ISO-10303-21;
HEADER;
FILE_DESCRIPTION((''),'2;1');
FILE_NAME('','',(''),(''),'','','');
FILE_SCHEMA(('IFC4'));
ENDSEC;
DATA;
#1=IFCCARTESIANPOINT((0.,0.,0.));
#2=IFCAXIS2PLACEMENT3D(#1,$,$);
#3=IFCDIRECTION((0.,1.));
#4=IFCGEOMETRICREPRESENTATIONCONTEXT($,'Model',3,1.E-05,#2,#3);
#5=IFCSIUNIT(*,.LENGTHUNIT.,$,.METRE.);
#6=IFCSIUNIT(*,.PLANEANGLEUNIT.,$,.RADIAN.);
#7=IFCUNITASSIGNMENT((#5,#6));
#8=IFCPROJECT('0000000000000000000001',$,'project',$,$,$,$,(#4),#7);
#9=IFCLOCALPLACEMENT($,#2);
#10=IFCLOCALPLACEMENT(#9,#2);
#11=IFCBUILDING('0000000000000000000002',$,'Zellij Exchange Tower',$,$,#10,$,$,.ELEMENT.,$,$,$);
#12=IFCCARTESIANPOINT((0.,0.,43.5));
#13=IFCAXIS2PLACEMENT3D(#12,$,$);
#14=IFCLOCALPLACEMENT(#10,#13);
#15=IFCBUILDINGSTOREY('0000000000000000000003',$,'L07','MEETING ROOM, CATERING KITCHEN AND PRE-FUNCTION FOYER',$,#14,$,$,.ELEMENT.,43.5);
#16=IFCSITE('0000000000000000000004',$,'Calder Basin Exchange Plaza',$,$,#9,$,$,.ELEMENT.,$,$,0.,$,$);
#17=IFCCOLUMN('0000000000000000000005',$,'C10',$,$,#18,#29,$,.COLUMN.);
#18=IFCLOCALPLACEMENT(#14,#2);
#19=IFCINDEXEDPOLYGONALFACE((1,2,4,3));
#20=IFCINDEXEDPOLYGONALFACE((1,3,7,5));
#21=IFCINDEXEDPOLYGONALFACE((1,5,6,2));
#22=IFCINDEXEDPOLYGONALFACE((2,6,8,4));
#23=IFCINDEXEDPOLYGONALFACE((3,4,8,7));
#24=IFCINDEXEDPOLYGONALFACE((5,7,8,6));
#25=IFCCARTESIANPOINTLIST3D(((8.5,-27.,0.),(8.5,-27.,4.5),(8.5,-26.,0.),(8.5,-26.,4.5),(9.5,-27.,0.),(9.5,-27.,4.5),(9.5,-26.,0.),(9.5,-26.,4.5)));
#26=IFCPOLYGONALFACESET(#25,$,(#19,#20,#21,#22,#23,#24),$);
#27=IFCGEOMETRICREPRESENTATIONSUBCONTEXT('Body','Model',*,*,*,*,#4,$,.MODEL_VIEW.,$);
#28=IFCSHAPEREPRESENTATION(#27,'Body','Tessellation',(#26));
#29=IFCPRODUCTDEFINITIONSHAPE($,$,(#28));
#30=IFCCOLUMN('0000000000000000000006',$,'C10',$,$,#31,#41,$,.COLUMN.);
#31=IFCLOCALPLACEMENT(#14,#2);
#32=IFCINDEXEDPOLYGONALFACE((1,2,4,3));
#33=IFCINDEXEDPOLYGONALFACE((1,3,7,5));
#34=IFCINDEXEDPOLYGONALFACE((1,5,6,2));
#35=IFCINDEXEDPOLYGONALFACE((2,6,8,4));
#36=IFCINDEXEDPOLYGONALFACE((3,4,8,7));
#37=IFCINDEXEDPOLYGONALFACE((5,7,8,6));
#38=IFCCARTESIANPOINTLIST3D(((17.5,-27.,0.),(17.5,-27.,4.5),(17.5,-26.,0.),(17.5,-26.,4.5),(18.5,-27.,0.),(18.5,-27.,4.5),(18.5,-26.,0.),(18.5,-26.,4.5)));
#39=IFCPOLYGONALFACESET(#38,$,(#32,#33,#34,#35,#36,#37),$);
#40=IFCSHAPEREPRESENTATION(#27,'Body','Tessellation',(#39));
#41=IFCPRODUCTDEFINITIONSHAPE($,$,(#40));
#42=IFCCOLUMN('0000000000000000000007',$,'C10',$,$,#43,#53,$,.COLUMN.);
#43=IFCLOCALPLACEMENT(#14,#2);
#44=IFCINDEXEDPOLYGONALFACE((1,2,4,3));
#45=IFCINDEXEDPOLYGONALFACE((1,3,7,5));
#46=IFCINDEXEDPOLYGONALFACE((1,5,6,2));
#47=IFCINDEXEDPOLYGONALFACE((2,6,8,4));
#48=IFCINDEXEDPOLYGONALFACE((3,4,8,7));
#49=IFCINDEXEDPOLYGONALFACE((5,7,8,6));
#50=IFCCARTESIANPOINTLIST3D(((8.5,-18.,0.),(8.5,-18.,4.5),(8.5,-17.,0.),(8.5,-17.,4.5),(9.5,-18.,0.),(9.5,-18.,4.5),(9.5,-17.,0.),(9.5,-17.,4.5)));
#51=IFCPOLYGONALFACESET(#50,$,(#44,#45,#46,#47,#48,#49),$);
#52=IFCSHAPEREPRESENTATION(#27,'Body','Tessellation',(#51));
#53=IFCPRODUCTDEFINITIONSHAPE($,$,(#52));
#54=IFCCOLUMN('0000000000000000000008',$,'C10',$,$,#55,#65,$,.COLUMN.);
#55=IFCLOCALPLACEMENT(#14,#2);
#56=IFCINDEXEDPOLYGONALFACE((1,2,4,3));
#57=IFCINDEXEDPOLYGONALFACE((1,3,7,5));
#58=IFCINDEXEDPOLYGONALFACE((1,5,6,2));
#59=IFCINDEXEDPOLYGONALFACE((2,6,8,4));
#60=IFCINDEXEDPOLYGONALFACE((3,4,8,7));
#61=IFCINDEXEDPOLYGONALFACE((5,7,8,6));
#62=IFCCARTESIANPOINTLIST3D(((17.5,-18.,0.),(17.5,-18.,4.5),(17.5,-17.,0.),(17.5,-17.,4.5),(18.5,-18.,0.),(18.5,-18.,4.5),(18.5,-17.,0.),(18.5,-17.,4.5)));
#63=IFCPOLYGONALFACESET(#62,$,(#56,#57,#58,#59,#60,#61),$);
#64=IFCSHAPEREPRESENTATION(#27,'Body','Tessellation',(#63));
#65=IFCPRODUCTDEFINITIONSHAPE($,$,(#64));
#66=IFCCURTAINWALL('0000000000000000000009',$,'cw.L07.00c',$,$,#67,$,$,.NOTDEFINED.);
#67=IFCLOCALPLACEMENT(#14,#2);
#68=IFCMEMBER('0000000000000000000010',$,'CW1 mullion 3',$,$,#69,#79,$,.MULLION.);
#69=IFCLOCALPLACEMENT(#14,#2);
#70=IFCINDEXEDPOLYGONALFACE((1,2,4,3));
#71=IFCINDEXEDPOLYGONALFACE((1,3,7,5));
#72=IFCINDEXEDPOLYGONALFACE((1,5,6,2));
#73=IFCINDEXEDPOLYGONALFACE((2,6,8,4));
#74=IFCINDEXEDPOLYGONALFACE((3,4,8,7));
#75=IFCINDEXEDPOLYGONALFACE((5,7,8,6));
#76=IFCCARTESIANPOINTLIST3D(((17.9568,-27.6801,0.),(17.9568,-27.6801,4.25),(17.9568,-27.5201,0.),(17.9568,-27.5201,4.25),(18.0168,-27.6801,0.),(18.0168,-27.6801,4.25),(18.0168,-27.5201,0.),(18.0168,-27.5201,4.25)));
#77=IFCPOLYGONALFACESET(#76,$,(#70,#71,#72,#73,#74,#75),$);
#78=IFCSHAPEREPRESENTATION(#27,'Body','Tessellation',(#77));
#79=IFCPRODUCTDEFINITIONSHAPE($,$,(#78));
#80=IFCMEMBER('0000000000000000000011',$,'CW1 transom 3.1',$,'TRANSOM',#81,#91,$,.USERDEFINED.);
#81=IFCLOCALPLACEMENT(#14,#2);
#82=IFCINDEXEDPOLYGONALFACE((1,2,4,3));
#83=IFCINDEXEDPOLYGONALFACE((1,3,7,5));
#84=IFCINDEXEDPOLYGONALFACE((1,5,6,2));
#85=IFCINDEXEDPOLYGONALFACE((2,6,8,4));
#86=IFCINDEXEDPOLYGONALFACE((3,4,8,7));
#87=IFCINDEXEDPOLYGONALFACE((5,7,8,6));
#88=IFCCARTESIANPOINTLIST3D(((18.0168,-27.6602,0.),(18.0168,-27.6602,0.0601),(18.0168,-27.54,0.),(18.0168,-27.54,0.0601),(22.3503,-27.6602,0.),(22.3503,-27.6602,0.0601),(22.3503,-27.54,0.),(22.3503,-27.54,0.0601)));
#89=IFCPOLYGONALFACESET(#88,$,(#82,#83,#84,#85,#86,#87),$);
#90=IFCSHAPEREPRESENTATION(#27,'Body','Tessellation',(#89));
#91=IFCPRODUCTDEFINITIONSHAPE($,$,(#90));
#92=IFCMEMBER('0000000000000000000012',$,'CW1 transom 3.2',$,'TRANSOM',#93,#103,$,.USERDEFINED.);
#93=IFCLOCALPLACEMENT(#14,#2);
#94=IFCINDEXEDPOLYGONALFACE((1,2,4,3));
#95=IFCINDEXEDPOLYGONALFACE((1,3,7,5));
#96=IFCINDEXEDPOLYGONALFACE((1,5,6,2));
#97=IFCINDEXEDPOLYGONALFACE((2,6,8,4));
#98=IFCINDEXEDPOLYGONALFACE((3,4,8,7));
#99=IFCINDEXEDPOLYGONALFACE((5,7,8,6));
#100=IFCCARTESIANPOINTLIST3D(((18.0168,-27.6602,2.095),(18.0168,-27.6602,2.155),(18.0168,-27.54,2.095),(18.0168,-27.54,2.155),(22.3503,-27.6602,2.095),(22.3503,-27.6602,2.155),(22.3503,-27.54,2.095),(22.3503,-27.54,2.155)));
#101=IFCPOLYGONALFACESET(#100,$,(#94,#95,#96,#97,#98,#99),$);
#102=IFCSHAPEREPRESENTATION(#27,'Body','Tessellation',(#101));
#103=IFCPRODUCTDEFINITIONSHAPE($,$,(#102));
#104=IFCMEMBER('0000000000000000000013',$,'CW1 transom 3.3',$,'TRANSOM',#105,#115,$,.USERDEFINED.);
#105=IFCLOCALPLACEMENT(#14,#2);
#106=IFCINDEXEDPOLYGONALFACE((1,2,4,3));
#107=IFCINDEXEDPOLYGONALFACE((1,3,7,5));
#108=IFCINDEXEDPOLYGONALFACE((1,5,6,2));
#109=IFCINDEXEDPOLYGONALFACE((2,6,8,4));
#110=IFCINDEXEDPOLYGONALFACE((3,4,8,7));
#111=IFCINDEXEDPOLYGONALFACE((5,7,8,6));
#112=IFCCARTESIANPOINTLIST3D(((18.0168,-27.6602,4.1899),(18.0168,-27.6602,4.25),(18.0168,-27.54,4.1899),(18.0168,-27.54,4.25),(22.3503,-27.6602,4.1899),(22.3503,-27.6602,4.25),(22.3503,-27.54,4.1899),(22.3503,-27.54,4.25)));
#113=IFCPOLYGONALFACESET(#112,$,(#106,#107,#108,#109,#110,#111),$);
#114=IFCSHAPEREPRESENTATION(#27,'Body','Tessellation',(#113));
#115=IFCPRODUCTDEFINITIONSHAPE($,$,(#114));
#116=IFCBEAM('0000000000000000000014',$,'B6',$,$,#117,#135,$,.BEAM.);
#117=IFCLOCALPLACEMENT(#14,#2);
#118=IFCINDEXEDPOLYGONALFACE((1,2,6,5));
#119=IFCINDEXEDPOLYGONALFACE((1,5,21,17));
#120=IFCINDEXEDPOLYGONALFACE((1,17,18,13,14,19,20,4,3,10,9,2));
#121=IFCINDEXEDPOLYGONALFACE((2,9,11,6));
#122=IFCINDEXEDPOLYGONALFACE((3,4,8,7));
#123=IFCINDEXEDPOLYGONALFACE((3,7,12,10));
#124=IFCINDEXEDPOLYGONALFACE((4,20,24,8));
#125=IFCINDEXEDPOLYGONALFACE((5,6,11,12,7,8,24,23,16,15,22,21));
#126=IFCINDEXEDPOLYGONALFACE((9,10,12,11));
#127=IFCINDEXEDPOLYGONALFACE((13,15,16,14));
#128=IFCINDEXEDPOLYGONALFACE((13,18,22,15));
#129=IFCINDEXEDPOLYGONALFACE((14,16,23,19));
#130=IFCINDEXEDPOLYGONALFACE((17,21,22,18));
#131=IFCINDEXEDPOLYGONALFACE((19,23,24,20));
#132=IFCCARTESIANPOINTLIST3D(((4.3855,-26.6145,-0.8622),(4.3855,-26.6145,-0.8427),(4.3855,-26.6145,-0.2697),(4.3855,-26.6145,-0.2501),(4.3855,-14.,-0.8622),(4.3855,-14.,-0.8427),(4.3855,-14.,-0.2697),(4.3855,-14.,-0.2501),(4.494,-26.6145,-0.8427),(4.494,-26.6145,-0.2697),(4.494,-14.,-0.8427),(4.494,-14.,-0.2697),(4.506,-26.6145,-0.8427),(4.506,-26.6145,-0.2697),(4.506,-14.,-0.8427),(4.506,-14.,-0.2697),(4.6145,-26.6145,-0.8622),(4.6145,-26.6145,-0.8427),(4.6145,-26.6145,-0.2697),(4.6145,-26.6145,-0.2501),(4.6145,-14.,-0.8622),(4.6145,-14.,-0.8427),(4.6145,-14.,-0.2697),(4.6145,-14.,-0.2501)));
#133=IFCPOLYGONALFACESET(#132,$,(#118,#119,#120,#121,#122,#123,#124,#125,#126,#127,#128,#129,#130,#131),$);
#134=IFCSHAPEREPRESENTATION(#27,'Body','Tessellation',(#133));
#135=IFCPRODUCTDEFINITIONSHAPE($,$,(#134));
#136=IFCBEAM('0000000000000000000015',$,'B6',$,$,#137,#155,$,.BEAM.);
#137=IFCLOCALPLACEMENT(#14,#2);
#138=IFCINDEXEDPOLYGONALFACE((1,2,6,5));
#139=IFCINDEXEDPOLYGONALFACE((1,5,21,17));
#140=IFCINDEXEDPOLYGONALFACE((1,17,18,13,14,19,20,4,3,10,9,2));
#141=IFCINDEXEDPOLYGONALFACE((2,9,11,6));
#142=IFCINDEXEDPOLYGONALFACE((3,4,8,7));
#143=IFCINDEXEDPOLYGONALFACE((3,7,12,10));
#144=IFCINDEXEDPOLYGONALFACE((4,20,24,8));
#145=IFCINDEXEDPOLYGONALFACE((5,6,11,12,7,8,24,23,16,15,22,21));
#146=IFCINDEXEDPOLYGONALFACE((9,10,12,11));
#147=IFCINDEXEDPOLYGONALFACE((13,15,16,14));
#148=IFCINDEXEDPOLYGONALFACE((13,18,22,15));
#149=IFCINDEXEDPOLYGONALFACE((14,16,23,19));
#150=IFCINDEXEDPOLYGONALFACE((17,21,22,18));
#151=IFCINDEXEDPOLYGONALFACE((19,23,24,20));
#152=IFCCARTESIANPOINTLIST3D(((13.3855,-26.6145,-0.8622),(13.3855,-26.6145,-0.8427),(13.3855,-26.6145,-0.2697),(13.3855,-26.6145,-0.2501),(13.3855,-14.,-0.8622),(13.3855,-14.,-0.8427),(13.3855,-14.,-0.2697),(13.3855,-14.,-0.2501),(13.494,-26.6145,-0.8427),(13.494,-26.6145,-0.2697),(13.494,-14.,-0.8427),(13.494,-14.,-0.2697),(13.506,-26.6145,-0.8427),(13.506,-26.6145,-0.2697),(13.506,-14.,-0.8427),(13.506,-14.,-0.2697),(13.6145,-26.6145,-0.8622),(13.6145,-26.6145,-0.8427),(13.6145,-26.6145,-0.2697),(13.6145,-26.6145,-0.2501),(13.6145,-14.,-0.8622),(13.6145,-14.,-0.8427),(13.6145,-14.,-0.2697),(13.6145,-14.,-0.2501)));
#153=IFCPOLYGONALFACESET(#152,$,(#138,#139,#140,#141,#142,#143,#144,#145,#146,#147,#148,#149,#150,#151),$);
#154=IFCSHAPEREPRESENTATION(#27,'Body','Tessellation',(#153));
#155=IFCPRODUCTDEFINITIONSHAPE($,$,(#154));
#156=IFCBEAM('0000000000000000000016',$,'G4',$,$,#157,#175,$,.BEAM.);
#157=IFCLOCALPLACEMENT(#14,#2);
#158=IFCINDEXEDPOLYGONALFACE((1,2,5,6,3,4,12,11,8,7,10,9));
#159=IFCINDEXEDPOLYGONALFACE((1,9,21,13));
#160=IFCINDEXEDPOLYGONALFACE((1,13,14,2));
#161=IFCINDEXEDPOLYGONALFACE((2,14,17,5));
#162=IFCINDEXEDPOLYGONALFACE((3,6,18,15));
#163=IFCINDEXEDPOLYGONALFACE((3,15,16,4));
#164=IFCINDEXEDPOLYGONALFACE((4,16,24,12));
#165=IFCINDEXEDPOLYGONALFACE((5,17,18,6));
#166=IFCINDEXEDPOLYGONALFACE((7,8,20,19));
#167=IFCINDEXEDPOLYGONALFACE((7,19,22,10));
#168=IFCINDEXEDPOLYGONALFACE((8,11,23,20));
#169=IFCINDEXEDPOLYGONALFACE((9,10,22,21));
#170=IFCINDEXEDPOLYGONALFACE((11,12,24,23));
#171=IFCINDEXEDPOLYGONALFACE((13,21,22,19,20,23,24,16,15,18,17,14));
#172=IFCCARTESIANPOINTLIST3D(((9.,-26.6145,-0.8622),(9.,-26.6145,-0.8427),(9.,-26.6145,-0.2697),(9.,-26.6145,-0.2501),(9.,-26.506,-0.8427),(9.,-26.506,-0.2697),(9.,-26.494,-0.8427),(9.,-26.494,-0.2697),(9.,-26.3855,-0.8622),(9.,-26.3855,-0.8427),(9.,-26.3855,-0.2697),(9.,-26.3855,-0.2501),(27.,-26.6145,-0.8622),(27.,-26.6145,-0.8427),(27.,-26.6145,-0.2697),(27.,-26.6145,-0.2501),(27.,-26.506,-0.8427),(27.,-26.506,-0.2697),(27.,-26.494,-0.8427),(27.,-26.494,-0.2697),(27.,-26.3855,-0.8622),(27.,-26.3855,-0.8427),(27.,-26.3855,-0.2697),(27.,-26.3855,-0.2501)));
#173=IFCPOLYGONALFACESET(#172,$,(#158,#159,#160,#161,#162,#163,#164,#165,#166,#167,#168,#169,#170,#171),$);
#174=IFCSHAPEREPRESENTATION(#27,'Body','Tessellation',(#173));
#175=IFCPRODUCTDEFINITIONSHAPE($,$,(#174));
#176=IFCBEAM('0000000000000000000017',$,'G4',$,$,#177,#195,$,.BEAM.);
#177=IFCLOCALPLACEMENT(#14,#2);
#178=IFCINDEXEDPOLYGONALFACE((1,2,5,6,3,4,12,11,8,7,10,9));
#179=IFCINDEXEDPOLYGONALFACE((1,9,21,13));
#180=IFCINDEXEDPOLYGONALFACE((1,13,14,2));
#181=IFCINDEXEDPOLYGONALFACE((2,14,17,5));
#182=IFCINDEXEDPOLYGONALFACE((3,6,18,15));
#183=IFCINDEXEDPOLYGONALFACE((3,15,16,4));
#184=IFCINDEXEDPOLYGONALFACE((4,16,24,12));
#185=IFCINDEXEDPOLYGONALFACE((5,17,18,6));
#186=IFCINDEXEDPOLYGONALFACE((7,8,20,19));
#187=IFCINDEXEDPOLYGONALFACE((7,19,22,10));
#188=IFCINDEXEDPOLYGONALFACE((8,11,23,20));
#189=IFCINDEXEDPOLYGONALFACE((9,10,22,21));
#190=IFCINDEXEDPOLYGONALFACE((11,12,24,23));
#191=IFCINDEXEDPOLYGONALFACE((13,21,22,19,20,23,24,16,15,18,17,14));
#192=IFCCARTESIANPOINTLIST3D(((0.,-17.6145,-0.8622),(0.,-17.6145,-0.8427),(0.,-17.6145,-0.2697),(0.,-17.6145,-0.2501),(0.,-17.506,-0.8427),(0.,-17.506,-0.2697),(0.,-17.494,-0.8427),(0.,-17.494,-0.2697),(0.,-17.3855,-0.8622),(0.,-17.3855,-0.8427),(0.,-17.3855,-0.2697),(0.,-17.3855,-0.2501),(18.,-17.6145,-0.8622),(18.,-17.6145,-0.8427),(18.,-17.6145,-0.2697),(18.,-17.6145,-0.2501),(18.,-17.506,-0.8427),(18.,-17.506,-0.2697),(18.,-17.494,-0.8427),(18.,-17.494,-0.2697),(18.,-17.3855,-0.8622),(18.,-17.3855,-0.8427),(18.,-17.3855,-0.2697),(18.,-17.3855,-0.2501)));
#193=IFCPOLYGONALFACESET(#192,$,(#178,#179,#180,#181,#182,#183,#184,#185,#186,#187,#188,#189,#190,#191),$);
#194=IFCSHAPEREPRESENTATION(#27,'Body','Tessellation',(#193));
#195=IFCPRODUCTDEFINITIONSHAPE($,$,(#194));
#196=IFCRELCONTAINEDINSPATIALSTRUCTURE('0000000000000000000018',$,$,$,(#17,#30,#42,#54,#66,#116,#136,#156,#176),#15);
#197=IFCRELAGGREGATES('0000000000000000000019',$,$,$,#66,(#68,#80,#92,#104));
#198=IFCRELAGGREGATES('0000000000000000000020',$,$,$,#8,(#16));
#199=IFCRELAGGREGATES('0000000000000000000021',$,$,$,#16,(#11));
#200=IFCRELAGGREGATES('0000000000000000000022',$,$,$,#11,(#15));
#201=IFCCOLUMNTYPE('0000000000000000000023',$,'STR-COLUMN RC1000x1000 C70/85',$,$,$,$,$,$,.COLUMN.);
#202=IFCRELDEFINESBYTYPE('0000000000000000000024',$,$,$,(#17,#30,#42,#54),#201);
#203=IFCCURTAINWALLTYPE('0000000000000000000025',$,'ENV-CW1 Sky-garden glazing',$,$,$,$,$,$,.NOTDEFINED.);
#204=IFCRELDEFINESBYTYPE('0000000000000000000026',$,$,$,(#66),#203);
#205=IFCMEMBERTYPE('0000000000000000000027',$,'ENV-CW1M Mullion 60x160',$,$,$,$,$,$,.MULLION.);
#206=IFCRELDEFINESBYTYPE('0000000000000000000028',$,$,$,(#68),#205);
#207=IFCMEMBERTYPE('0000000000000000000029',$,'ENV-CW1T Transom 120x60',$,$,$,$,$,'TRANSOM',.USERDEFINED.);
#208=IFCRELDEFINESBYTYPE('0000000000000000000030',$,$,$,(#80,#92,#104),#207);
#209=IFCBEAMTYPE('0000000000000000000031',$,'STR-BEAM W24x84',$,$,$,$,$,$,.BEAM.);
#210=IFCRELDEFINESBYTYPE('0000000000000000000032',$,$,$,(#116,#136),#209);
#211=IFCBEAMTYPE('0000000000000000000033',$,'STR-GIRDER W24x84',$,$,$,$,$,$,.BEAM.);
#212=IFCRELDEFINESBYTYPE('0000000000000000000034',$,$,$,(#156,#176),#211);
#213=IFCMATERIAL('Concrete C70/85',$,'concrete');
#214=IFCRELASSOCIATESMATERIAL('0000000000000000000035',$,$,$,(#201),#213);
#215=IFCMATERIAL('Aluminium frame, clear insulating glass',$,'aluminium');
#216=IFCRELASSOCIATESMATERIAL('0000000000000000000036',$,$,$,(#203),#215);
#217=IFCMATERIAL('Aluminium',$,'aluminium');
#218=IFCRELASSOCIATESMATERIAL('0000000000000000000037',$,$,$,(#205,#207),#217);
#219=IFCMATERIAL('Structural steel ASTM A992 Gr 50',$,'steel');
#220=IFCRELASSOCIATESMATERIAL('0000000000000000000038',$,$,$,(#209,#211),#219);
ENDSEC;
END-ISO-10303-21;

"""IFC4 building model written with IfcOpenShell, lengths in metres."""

from ifc_helpers import new_model, si_unit, direction, frame, origin, origin_2d, place, context, subcontext, project, spatial, rectangle, i_section, extrude, material, material_profile, profile_set, type_object, element, aggregate, save


model = new_model("IFC4")

# Units and contexts
model_context = context("Model", 3, precision=1e-05, world=origin(), true_north=direction((0.0, 1.0)))
body_context = subcontext(model_context, "Body", "Model", "MODEL_VIEW")
ifc_project = project(units=[si_unit("LENGTHUNIT", "METRE"), si_unit("PLANEANGLEUNIT", "RADIAN")], contexts=[model_context])

# Site, building, storey
site_placement = place(None, origin())
site = spatial("IfcSite", under=ifc_project, at=site_placement, Name="Calder Basin Exchange Plaza", CompositionType="ELEMENT", RefElevation=0.0)
building_placement = place(site_placement, origin())
building = spatial("IfcBuilding", under=site, at=building_placement, Name="Zellij Exchange Tower", CompositionType="ELEMENT")
storey_placement = place(building_placement, frame((0.0, 0.0, 43.5)))
storey = spatial("IfcBuildingStorey", under=building, at=storey_placement, Name="L07", Description="MEETING ROOM, CATERING KITCHEN AND PRE-FUNCTION FOYER", CompositionType="ELEMENT", Elevation=43.5)

# Columns
ifc_material_1 = material(Name="Concrete C70/85", Category="concrete")
ifc_material_profile_1 = material_profile(ifc_material_1, rectangle(XDim=1.0, YDim=1.0, at=origin_2d()), Name="STR-COLUMN RC1000x1000 C70/85")
ifc_profile_set_1 = profile_set([ifc_material_profile_1], Name="Concrete C70/85")
column_type = type_object("IfcColumnType", Name="STR-COLUMN RC1000x1000 C70/85", PredefinedType="COLUMN", material=ifc_profile_set_1)
for number, where, z_axis, x_axis, name in (
    (1, (9.0, -26.5, 0.0), (0.0, 0.0, 1.0), (1.0, 0.0, 0.0), "C10"),
    (2, (18.0, -26.5, 0.0), (0.0, 0.0, 1.0), (1.0, 0.0, 0.0), "C10"),
    (3, (9.0, -17.5, 0.0), (0.0, 0.0, 1.0), (1.0, 0.0, 0.0), "C10"),
    (4, (18.0, -17.5, 0.0), (0.0, 0.0, 1.0), (1.0, 0.0, 0.0), "C10"),
):
    element("IfcColumn", number, at=place(storey_placement, frame(where, z_axis=z_axis, x_axis=x_axis)), inside=storey, type_object=column_type, Name=name, PredefinedType="COLUMN", context=body_context, shape_type="SweptSolid", body=[
        extrude(rectangle(XDim=1.0, YDim=1.0, at=origin_2d()), origin(), (0.0, 0.0, 1.0), 4.5),
    ])

# Curtain wall, members
ifc_material_2 = material(Name="Aluminium frame, clear insulating glass", Category="aluminium")
curtain_wall_type = type_object("IfcCurtainWallType", Name="ENV-CW1 Sky-garden glazing", PredefinedType="NOTDEFINED", material=ifc_material_2)
curtain_wall_placement = place(storey_placement, origin())
curtain_wall = element("IfcCurtainWall", 5, at=curtain_wall_placement, inside=storey, type_object=curtain_wall_type, Name="cw.L07.00c", PredefinedType="NOTDEFINED")
ifc_material_3 = material(Name="Aluminium", Category="aluminium")
ifc_material_profile_2 = material_profile(ifc_material_3, rectangle(XDim=0.0601, YDim=0.1599, at=origin_2d()), Name="AL 60x160")
ifc_profile_set_2 = profile_set([ifc_material_profile_2], Name="Aluminium")
member_type_1 = type_object("IfcMemberType", Name="ENV-CW1M Mullion 60x160", PredefinedType="MULLION", material=ifc_profile_set_2)
member_1_placement = place(storey_placement, frame((17.9868, -27.6001, 0.0), z_axis=(0.0, 0.0, 1.0), x_axis=(1.0, 0.0, 0.0)))
member_1 = element("IfcMember", 6, at=member_1_placement, type_object=member_type_1, Name="CW1 mullion 3", PredefinedType="MULLION", context=body_context, shape_type="SweptSolid", body=[
    extrude(rectangle(XDim=0.0601, YDim=0.1599, at=origin_2d()), origin(), (0.0, 0.0, 1.0), 4.25),
])
ifc_material_profile_3 = material_profile(ifc_material_3, rectangle(XDim=0.1201, YDim=0.0601, at=origin_2d()), Name="AL 120x60")
ifc_profile_set_3 = profile_set([ifc_material_profile_3], Name="Aluminium")
member_type_2 = type_object("IfcMemberType", Name="ENV-CW1T Transom 120x60", ElementType="TRANSOM", PredefinedType="USERDEFINED", material=ifc_profile_set_3)
member_2_placement = place(storey_placement, frame((18.0168, -27.6001, 0.03), z_axis=(1.0, 0.0, 0.0), x_axis=(0.0, 1.0, 0.0)))
member_2 = element("IfcMember", 7, at=member_2_placement, type_object=member_type_2, Name="CW1 transom 3.1", ObjectType="TRANSOM", PredefinedType="USERDEFINED", context=body_context, shape_type="SweptSolid", body=[
    extrude(rectangle(XDim=0.1201, YDim=0.0601, at=origin_2d()), origin(), (0.0, 0.0, 1.0), 4.3335),
])
member_3_placement = place(storey_placement, frame((18.0168, -27.6001, 2.125), z_axis=(1.0, 0.0, 0.0), x_axis=(0.0, 1.0, 0.0)))
member_3 = element("IfcMember", 8, at=member_3_placement, type_object=member_type_2, Name="CW1 transom 3.2", ObjectType="TRANSOM", PredefinedType="USERDEFINED", context=body_context, shape_type="SweptSolid", body=[
    extrude(rectangle(XDim=0.1201, YDim=0.0601, at=origin_2d()), origin(), (0.0, 0.0, 1.0), 4.3335),
])
member_4_placement = place(storey_placement, frame((18.0168, -27.6001, 4.22), z_axis=(1.0, 0.0, 0.0), x_axis=(0.0, 1.0, 0.0)))
member_4 = element("IfcMember", 9, at=member_4_placement, type_object=member_type_2, Name="CW1 transom 3.3", ObjectType="TRANSOM", PredefinedType="USERDEFINED", context=body_context, shape_type="SweptSolid", body=[
    extrude(rectangle(XDim=0.1201, YDim=0.0601, at=origin_2d()), origin(), (0.0, 0.0, 1.0), 4.3335),
])
aggregate(curtain_wall, [member_1, member_2, member_3, member_4])

# Beams
ifc_material_4 = material(Name="Structural steel ASTM A992 Gr 50", Category="steel")
ifc_material_profile_4 = material_profile(ifc_material_4, i_section(OverallWidth=0.229, OverallDepth=0.6121, WebThickness=0.012, FlangeThickness=0.0195, at=origin_2d()), Name="W24x84")
ifc_profile_set_4 = profile_set([ifc_material_profile_4], Name="Structural steel ASTM A992 Gr 50")
beam_type_1 = type_object("IfcBeamType", Name="STR-BEAM W24x84", PredefinedType="BEAM", material=ifc_profile_set_4)
for number, where, z_axis, x_axis, name in (
    (10, (4.5, -26.6145, -0.5562), (0.0, 1.0, 0.0), (-1.0, 0.0, 0.0), "B6"),
    (11, (13.5, -26.6145, -0.5562), (0.0, 1.0, 0.0), (-1.0, 0.0, 0.0), "B6"),
):
    element("IfcBeam", number, at=place(storey_placement, frame(where, z_axis=z_axis, x_axis=x_axis)), inside=storey, type_object=beam_type_1, Name=name, PredefinedType="BEAM", context=body_context, shape_type="SweptSolid", body=[
        extrude(i_section(OverallWidth=0.229, OverallDepth=0.6121, WebThickness=0.012, FlangeThickness=0.0195, at=origin_2d()), origin(), (0.0, 0.0, 1.0), 12.6145),
    ])
ifc_material_profile_5 = material_profile(ifc_material_4, i_section(OverallWidth=0.229, OverallDepth=0.6121, WebThickness=0.012, FlangeThickness=0.0195, at=origin_2d()), Name="W24x84")
ifc_profile_set_5 = profile_set([ifc_material_profile_5], Name="Structural steel ASTM A992 Gr 50")
beam_type_2 = type_object("IfcBeamType", Name="STR-GIRDER W24x84", PredefinedType="BEAM", material=ifc_profile_set_5)
for number, where, z_axis, x_axis, name in (
    (12, (9.0, -26.5, -0.5562), (1.0, 0.0, 0.0), (0.0, 1.0, 0.0), "G4"),
    (13, (0.0, -17.5, -0.5562), (1.0, 0.0, 0.0), (0.0, 1.0, 0.0), "G4"),
):
    element("IfcBeam", number, at=place(storey_placement, frame(where, z_axis=z_axis, x_axis=x_axis)), inside=storey, type_object=beam_type_2, Name=name, PredefinedType="BEAM", context=body_context, shape_type="SweptSolid", body=[
        extrude(i_section(OverallWidth=0.229, OverallDepth=0.6121, WebThickness=0.012, FlangeThickness=0.0195, at=origin_2d()), origin(), (0.0, 0.0, 1.0), 18.0),
    ])

save(model, "model.ifc")
